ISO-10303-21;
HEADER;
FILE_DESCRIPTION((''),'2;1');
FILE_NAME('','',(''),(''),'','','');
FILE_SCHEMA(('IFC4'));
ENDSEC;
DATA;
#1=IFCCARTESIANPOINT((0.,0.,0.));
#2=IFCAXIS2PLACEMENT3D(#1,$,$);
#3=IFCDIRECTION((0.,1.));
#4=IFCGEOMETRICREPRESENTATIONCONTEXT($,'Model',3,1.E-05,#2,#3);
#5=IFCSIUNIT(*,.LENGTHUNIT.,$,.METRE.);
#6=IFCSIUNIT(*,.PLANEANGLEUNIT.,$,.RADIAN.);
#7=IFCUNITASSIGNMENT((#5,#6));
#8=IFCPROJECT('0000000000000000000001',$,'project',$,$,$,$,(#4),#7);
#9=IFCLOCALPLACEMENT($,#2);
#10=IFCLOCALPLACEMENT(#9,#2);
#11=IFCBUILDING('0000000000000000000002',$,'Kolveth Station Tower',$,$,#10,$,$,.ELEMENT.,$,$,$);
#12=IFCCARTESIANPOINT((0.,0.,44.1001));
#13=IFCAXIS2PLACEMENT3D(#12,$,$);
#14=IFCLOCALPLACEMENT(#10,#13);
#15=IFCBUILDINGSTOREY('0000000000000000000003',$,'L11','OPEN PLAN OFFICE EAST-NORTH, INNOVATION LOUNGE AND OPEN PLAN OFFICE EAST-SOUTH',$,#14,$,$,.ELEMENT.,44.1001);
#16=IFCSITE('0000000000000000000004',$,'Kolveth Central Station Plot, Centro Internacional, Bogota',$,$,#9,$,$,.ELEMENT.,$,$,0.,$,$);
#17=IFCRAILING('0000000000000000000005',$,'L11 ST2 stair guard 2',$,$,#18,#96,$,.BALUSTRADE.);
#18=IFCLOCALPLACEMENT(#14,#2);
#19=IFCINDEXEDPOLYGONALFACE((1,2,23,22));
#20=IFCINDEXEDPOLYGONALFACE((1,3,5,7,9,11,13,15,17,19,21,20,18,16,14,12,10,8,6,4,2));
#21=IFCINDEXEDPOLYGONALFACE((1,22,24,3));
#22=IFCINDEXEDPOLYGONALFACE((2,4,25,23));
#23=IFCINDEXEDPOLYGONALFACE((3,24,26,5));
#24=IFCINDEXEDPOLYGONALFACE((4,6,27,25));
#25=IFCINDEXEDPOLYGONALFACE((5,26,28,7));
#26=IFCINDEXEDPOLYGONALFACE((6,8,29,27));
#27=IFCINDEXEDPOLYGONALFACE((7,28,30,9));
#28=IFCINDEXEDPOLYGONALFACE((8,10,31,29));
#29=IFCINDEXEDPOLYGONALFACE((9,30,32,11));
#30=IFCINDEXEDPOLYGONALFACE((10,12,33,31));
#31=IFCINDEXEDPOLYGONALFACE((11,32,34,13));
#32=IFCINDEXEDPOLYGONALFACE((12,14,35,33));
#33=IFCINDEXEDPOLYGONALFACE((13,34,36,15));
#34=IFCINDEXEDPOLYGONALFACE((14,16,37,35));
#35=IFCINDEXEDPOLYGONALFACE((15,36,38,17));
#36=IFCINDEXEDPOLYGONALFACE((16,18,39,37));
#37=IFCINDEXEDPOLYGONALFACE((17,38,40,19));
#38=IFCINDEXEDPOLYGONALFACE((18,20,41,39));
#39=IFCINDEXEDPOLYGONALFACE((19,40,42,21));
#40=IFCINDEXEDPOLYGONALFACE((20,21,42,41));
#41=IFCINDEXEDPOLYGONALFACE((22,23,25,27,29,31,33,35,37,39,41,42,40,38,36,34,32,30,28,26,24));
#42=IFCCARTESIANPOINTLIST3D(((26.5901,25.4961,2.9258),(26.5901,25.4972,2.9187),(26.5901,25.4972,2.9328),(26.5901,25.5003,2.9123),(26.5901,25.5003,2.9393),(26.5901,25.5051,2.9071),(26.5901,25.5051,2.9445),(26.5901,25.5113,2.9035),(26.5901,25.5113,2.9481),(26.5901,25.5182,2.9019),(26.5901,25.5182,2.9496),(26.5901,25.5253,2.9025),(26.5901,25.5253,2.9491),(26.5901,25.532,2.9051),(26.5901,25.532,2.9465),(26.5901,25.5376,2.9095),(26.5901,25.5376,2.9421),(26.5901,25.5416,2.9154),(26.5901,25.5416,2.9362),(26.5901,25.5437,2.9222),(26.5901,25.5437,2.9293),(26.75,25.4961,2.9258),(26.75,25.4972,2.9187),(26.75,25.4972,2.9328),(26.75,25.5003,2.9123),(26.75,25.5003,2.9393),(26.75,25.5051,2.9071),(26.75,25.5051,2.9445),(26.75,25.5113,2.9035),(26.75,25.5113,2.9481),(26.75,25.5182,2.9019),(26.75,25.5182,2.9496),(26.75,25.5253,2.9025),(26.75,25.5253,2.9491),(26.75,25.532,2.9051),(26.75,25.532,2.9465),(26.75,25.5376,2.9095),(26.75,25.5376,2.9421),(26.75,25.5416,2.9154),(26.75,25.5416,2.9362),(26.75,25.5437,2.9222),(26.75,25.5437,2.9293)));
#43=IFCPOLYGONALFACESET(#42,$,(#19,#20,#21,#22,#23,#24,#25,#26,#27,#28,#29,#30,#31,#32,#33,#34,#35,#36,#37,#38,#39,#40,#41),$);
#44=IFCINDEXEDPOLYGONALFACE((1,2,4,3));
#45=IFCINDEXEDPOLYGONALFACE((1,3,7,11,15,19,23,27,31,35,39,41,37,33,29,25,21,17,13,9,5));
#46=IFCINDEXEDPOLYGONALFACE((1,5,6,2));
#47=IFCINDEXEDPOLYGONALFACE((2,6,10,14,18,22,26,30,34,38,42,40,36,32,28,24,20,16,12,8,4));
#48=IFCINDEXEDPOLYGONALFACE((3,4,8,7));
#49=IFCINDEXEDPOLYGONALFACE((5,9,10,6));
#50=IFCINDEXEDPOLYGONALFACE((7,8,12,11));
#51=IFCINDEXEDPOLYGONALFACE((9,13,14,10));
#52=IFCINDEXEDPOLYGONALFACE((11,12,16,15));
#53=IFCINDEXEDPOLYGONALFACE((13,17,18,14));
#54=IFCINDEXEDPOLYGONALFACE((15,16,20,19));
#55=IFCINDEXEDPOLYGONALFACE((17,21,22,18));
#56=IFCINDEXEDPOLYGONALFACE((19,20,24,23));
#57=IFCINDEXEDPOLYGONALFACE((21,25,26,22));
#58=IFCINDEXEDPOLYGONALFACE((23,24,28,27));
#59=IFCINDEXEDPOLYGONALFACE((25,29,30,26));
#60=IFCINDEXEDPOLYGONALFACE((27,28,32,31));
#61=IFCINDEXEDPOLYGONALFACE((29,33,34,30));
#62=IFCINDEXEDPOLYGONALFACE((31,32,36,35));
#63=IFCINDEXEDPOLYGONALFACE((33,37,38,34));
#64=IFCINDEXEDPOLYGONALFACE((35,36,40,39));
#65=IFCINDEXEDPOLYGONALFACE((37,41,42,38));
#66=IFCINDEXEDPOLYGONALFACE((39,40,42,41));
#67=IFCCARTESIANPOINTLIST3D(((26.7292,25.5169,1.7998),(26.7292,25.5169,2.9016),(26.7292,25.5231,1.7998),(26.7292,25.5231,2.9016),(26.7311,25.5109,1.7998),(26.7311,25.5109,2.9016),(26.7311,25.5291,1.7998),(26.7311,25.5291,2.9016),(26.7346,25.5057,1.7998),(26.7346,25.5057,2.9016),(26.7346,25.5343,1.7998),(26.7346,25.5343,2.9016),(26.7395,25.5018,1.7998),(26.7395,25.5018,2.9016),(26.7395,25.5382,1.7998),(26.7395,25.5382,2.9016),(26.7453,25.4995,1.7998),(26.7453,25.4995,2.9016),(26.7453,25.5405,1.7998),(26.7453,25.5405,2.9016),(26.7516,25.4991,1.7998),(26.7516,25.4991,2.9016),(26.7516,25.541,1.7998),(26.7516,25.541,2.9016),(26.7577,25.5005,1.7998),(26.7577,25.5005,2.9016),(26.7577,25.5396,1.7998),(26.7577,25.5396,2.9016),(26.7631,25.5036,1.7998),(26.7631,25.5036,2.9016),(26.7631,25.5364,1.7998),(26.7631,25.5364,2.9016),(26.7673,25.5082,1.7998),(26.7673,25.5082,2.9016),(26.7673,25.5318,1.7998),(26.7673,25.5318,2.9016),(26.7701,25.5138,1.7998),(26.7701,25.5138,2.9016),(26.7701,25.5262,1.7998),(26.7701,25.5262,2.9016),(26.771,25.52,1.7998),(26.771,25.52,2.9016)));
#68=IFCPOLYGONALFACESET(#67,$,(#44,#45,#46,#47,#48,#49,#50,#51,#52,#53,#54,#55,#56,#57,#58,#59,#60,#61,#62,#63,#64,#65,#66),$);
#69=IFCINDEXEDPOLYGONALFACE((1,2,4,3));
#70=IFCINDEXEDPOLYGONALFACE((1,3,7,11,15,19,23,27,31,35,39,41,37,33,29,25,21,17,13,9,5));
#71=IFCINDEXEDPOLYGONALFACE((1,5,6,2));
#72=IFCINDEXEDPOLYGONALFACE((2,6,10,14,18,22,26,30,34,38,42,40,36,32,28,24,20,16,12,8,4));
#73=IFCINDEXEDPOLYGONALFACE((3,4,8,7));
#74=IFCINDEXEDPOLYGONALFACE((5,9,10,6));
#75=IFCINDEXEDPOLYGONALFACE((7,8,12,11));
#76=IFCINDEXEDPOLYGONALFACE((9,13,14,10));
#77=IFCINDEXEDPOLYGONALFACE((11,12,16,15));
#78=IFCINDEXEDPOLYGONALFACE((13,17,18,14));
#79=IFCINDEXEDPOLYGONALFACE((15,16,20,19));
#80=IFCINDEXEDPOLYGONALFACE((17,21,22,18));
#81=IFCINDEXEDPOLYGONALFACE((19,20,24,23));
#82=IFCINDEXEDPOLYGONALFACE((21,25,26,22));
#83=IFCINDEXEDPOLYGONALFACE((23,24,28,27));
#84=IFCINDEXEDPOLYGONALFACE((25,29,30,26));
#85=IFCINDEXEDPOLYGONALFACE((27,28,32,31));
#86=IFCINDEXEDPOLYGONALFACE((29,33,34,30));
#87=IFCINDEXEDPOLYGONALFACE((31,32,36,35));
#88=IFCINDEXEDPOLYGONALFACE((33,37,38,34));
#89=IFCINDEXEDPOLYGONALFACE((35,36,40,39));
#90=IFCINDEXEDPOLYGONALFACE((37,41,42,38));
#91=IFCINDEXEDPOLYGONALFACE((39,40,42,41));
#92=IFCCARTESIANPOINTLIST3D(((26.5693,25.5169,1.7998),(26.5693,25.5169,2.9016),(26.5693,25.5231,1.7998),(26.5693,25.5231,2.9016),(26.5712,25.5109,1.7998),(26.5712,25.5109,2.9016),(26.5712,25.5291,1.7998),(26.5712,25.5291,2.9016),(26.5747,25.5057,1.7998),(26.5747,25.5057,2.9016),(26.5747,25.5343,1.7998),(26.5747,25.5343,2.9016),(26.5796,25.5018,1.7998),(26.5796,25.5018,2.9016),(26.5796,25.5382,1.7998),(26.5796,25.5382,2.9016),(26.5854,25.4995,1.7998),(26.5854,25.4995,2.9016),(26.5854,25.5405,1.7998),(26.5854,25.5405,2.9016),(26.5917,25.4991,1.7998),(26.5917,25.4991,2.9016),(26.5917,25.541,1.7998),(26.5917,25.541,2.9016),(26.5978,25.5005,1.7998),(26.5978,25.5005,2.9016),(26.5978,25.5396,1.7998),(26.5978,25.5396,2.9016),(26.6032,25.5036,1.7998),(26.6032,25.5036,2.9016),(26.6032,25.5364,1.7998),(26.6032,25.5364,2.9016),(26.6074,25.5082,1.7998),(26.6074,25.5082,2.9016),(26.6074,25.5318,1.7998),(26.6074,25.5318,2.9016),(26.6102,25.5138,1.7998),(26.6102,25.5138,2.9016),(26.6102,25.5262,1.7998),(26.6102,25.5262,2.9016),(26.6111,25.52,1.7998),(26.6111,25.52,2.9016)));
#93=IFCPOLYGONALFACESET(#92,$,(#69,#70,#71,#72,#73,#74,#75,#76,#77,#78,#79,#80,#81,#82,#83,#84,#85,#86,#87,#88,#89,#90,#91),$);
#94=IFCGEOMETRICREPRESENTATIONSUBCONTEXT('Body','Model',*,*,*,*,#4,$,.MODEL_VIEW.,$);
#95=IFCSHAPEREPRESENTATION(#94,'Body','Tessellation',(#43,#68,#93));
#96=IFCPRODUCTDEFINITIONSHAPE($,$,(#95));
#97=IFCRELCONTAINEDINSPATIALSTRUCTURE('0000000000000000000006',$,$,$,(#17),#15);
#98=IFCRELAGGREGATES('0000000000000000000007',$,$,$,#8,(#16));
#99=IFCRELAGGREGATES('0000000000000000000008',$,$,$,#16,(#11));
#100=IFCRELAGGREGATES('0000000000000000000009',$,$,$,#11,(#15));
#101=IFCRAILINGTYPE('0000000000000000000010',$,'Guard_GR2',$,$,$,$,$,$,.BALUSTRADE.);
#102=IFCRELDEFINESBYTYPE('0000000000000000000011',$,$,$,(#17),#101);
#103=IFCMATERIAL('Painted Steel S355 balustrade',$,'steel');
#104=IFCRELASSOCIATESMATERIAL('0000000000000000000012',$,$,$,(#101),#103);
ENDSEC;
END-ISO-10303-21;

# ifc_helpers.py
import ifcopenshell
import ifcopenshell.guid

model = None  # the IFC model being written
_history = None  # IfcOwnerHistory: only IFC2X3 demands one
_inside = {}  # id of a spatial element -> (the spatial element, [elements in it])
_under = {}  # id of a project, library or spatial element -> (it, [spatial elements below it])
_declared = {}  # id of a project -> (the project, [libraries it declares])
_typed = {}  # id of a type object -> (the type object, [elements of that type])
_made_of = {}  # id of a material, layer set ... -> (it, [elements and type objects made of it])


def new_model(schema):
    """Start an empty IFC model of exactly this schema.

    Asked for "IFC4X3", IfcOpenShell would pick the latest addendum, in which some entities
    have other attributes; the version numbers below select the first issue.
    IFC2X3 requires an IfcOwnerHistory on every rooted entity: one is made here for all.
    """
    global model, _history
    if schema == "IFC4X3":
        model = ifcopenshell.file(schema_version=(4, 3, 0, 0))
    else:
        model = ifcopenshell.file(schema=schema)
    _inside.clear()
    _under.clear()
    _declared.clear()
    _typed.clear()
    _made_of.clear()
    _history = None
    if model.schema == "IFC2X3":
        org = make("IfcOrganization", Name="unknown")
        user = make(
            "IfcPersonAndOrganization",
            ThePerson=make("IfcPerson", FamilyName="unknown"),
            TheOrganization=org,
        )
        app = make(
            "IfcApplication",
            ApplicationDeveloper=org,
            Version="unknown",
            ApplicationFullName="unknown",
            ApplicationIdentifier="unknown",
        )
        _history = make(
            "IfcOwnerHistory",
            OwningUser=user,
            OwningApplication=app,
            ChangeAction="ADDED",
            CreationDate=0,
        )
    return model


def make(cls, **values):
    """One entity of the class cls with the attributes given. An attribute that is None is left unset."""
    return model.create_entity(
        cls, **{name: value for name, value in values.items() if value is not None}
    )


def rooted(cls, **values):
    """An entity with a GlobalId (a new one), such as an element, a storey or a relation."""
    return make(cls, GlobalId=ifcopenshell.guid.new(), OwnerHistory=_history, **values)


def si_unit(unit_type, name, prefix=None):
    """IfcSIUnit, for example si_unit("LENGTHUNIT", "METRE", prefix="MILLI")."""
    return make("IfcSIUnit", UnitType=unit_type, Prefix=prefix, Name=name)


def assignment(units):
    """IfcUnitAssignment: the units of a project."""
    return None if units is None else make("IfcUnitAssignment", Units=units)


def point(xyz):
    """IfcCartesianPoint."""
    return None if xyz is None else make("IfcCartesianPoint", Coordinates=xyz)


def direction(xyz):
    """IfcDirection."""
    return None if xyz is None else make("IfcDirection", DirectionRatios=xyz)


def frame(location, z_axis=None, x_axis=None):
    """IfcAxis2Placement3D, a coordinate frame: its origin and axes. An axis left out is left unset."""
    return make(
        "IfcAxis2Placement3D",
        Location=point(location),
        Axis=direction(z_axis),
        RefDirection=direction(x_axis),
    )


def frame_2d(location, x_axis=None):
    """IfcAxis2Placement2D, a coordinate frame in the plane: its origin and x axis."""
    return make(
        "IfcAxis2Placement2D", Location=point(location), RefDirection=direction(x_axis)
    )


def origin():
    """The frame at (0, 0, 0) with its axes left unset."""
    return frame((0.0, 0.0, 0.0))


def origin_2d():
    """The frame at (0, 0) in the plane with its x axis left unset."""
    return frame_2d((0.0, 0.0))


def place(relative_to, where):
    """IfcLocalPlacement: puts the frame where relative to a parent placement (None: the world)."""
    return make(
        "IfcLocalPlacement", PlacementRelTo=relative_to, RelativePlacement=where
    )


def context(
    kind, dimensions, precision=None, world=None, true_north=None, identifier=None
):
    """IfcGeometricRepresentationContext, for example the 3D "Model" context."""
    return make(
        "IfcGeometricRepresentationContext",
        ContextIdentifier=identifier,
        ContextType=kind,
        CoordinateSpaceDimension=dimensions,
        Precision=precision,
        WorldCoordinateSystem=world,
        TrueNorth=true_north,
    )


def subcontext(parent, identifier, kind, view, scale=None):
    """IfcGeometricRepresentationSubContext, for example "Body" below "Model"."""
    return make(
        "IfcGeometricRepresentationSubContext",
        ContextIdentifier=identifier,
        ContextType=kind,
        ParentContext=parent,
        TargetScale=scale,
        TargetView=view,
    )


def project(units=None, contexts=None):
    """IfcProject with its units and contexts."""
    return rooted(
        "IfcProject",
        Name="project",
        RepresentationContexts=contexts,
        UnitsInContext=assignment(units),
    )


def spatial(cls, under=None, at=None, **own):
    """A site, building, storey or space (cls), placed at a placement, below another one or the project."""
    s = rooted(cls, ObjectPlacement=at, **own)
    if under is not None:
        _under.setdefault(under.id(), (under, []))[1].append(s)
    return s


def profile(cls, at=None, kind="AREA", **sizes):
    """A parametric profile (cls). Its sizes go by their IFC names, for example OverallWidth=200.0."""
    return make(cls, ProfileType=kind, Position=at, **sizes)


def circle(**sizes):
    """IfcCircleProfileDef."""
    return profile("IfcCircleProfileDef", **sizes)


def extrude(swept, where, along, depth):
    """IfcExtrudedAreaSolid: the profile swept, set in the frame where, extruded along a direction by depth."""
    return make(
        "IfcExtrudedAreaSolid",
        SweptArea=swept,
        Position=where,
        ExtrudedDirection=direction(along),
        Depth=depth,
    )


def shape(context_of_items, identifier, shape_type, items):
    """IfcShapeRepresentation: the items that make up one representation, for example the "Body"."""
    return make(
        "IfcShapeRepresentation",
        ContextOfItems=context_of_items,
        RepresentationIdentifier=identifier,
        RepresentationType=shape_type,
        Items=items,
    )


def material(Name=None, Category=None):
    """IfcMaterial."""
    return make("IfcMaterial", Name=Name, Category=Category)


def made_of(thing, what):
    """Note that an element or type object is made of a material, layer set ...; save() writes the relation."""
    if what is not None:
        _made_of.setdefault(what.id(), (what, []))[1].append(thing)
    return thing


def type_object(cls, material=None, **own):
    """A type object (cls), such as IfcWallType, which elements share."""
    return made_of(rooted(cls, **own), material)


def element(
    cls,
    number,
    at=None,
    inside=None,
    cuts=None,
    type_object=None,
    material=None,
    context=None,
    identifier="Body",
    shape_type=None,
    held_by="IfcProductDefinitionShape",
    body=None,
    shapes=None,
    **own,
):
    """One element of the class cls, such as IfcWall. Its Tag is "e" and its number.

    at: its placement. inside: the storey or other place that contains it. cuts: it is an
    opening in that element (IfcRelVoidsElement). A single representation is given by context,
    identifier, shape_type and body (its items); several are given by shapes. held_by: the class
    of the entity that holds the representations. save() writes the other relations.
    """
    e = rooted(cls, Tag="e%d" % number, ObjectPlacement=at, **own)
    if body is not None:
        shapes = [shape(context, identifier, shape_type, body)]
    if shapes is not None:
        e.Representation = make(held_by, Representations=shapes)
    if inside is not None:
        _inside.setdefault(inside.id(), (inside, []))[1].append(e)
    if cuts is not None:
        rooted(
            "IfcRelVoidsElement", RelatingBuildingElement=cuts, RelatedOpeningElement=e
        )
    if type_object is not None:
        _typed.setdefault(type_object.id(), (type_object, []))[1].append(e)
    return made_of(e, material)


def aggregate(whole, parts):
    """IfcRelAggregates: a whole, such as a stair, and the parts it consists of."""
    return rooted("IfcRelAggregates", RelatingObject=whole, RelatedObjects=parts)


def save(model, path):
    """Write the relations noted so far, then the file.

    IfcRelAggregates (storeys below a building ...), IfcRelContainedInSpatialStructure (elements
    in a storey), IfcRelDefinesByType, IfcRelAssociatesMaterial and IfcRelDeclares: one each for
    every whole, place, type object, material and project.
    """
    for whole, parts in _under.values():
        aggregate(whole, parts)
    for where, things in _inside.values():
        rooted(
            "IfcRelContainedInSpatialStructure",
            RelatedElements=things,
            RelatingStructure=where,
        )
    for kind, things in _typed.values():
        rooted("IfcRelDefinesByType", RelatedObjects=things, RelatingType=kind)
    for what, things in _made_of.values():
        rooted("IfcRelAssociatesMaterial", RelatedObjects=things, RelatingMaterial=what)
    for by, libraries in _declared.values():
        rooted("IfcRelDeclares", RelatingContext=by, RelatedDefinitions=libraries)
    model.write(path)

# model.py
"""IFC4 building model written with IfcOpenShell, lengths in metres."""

from ifc_helpers import new_model, si_unit, direction, frame, origin, origin_2d, place, context, subcontext, project, spatial, circle, extrude, material, type_object, element, save


model = new_model("IFC4")

# Units and contexts
model_context = context("Model", 3, precision=1e-05, world=origin(), true_north=direction((0.0, 1.0)))
body_context = subcontext(model_context, "Body", "Model", "MODEL_VIEW")
ifc_project = project(units=[si_unit("LENGTHUNIT", "METRE"), si_unit("PLANEANGLEUNIT", "RADIAN")], contexts=[model_context])

# Site, building, storey
site_placement = place(None, origin())
site = spatial("IfcSite", under=ifc_project, at=site_placement, Name="Kolveth Central Station Plot, Centro Internacional, Bogota", CompositionType="ELEMENT", RefElevation=0.0)
building_placement = place(site_placement, origin())
building = spatial("IfcBuilding", under=site, at=building_placement, Name="Kolveth Station Tower", CompositionType="ELEMENT")
storey_placement = place(building_placement, frame((0.0, 0.0, 44.1001)))
storey = spatial("IfcBuildingStorey", under=building, at=storey_placement, Name="L11", Description="OPEN PLAN OFFICE EAST-NORTH, INNOVATION LOUNGE AND OPEN PLAN OFFICE EAST-SOUTH", CompositionType="ELEMENT", Elevation=44.1001)

# Railing
ifc_material_1 = material(Name="Painted Steel S355 balustrade", Category="steel")
railing_type_1 = type_object("IfcRailingType", Name="Guard_GR2", PredefinedType="BALUSTRADE", material=ifc_material_1)
railing_1_placement = place(storey_placement, frame((26.75, 25.52, 1.7998)))
element("IfcRailing", 1, at=railing_1_placement, inside=storey, type_object=railing_type_1, Name="L11 ST2 stair guard 2", PredefinedType="BALUSTRADE", context=body_context, shape_type="SweptSolid", body=[
    extrude(circle(Radius=0.0239, at=origin_2d()), frame((0.0, 0.0, 1.126), z_axis=(-1.0, 0.0, 0.0), x_axis=(0.0, -1.0, 0.0)), (0.0, 0.0, 1.0), 0.1599),
    extrude(circle(Radius=0.021, at=origin_2d()), origin(), (0.0, 0.0, 1.0), 1.1018),
    extrude(circle(Radius=0.021, at=origin_2d()), frame((-0.1599, 0.0, 0.0)), (0.0, 0.0, 1.0), 1.1018),
])

save(model, "model.ifc")
